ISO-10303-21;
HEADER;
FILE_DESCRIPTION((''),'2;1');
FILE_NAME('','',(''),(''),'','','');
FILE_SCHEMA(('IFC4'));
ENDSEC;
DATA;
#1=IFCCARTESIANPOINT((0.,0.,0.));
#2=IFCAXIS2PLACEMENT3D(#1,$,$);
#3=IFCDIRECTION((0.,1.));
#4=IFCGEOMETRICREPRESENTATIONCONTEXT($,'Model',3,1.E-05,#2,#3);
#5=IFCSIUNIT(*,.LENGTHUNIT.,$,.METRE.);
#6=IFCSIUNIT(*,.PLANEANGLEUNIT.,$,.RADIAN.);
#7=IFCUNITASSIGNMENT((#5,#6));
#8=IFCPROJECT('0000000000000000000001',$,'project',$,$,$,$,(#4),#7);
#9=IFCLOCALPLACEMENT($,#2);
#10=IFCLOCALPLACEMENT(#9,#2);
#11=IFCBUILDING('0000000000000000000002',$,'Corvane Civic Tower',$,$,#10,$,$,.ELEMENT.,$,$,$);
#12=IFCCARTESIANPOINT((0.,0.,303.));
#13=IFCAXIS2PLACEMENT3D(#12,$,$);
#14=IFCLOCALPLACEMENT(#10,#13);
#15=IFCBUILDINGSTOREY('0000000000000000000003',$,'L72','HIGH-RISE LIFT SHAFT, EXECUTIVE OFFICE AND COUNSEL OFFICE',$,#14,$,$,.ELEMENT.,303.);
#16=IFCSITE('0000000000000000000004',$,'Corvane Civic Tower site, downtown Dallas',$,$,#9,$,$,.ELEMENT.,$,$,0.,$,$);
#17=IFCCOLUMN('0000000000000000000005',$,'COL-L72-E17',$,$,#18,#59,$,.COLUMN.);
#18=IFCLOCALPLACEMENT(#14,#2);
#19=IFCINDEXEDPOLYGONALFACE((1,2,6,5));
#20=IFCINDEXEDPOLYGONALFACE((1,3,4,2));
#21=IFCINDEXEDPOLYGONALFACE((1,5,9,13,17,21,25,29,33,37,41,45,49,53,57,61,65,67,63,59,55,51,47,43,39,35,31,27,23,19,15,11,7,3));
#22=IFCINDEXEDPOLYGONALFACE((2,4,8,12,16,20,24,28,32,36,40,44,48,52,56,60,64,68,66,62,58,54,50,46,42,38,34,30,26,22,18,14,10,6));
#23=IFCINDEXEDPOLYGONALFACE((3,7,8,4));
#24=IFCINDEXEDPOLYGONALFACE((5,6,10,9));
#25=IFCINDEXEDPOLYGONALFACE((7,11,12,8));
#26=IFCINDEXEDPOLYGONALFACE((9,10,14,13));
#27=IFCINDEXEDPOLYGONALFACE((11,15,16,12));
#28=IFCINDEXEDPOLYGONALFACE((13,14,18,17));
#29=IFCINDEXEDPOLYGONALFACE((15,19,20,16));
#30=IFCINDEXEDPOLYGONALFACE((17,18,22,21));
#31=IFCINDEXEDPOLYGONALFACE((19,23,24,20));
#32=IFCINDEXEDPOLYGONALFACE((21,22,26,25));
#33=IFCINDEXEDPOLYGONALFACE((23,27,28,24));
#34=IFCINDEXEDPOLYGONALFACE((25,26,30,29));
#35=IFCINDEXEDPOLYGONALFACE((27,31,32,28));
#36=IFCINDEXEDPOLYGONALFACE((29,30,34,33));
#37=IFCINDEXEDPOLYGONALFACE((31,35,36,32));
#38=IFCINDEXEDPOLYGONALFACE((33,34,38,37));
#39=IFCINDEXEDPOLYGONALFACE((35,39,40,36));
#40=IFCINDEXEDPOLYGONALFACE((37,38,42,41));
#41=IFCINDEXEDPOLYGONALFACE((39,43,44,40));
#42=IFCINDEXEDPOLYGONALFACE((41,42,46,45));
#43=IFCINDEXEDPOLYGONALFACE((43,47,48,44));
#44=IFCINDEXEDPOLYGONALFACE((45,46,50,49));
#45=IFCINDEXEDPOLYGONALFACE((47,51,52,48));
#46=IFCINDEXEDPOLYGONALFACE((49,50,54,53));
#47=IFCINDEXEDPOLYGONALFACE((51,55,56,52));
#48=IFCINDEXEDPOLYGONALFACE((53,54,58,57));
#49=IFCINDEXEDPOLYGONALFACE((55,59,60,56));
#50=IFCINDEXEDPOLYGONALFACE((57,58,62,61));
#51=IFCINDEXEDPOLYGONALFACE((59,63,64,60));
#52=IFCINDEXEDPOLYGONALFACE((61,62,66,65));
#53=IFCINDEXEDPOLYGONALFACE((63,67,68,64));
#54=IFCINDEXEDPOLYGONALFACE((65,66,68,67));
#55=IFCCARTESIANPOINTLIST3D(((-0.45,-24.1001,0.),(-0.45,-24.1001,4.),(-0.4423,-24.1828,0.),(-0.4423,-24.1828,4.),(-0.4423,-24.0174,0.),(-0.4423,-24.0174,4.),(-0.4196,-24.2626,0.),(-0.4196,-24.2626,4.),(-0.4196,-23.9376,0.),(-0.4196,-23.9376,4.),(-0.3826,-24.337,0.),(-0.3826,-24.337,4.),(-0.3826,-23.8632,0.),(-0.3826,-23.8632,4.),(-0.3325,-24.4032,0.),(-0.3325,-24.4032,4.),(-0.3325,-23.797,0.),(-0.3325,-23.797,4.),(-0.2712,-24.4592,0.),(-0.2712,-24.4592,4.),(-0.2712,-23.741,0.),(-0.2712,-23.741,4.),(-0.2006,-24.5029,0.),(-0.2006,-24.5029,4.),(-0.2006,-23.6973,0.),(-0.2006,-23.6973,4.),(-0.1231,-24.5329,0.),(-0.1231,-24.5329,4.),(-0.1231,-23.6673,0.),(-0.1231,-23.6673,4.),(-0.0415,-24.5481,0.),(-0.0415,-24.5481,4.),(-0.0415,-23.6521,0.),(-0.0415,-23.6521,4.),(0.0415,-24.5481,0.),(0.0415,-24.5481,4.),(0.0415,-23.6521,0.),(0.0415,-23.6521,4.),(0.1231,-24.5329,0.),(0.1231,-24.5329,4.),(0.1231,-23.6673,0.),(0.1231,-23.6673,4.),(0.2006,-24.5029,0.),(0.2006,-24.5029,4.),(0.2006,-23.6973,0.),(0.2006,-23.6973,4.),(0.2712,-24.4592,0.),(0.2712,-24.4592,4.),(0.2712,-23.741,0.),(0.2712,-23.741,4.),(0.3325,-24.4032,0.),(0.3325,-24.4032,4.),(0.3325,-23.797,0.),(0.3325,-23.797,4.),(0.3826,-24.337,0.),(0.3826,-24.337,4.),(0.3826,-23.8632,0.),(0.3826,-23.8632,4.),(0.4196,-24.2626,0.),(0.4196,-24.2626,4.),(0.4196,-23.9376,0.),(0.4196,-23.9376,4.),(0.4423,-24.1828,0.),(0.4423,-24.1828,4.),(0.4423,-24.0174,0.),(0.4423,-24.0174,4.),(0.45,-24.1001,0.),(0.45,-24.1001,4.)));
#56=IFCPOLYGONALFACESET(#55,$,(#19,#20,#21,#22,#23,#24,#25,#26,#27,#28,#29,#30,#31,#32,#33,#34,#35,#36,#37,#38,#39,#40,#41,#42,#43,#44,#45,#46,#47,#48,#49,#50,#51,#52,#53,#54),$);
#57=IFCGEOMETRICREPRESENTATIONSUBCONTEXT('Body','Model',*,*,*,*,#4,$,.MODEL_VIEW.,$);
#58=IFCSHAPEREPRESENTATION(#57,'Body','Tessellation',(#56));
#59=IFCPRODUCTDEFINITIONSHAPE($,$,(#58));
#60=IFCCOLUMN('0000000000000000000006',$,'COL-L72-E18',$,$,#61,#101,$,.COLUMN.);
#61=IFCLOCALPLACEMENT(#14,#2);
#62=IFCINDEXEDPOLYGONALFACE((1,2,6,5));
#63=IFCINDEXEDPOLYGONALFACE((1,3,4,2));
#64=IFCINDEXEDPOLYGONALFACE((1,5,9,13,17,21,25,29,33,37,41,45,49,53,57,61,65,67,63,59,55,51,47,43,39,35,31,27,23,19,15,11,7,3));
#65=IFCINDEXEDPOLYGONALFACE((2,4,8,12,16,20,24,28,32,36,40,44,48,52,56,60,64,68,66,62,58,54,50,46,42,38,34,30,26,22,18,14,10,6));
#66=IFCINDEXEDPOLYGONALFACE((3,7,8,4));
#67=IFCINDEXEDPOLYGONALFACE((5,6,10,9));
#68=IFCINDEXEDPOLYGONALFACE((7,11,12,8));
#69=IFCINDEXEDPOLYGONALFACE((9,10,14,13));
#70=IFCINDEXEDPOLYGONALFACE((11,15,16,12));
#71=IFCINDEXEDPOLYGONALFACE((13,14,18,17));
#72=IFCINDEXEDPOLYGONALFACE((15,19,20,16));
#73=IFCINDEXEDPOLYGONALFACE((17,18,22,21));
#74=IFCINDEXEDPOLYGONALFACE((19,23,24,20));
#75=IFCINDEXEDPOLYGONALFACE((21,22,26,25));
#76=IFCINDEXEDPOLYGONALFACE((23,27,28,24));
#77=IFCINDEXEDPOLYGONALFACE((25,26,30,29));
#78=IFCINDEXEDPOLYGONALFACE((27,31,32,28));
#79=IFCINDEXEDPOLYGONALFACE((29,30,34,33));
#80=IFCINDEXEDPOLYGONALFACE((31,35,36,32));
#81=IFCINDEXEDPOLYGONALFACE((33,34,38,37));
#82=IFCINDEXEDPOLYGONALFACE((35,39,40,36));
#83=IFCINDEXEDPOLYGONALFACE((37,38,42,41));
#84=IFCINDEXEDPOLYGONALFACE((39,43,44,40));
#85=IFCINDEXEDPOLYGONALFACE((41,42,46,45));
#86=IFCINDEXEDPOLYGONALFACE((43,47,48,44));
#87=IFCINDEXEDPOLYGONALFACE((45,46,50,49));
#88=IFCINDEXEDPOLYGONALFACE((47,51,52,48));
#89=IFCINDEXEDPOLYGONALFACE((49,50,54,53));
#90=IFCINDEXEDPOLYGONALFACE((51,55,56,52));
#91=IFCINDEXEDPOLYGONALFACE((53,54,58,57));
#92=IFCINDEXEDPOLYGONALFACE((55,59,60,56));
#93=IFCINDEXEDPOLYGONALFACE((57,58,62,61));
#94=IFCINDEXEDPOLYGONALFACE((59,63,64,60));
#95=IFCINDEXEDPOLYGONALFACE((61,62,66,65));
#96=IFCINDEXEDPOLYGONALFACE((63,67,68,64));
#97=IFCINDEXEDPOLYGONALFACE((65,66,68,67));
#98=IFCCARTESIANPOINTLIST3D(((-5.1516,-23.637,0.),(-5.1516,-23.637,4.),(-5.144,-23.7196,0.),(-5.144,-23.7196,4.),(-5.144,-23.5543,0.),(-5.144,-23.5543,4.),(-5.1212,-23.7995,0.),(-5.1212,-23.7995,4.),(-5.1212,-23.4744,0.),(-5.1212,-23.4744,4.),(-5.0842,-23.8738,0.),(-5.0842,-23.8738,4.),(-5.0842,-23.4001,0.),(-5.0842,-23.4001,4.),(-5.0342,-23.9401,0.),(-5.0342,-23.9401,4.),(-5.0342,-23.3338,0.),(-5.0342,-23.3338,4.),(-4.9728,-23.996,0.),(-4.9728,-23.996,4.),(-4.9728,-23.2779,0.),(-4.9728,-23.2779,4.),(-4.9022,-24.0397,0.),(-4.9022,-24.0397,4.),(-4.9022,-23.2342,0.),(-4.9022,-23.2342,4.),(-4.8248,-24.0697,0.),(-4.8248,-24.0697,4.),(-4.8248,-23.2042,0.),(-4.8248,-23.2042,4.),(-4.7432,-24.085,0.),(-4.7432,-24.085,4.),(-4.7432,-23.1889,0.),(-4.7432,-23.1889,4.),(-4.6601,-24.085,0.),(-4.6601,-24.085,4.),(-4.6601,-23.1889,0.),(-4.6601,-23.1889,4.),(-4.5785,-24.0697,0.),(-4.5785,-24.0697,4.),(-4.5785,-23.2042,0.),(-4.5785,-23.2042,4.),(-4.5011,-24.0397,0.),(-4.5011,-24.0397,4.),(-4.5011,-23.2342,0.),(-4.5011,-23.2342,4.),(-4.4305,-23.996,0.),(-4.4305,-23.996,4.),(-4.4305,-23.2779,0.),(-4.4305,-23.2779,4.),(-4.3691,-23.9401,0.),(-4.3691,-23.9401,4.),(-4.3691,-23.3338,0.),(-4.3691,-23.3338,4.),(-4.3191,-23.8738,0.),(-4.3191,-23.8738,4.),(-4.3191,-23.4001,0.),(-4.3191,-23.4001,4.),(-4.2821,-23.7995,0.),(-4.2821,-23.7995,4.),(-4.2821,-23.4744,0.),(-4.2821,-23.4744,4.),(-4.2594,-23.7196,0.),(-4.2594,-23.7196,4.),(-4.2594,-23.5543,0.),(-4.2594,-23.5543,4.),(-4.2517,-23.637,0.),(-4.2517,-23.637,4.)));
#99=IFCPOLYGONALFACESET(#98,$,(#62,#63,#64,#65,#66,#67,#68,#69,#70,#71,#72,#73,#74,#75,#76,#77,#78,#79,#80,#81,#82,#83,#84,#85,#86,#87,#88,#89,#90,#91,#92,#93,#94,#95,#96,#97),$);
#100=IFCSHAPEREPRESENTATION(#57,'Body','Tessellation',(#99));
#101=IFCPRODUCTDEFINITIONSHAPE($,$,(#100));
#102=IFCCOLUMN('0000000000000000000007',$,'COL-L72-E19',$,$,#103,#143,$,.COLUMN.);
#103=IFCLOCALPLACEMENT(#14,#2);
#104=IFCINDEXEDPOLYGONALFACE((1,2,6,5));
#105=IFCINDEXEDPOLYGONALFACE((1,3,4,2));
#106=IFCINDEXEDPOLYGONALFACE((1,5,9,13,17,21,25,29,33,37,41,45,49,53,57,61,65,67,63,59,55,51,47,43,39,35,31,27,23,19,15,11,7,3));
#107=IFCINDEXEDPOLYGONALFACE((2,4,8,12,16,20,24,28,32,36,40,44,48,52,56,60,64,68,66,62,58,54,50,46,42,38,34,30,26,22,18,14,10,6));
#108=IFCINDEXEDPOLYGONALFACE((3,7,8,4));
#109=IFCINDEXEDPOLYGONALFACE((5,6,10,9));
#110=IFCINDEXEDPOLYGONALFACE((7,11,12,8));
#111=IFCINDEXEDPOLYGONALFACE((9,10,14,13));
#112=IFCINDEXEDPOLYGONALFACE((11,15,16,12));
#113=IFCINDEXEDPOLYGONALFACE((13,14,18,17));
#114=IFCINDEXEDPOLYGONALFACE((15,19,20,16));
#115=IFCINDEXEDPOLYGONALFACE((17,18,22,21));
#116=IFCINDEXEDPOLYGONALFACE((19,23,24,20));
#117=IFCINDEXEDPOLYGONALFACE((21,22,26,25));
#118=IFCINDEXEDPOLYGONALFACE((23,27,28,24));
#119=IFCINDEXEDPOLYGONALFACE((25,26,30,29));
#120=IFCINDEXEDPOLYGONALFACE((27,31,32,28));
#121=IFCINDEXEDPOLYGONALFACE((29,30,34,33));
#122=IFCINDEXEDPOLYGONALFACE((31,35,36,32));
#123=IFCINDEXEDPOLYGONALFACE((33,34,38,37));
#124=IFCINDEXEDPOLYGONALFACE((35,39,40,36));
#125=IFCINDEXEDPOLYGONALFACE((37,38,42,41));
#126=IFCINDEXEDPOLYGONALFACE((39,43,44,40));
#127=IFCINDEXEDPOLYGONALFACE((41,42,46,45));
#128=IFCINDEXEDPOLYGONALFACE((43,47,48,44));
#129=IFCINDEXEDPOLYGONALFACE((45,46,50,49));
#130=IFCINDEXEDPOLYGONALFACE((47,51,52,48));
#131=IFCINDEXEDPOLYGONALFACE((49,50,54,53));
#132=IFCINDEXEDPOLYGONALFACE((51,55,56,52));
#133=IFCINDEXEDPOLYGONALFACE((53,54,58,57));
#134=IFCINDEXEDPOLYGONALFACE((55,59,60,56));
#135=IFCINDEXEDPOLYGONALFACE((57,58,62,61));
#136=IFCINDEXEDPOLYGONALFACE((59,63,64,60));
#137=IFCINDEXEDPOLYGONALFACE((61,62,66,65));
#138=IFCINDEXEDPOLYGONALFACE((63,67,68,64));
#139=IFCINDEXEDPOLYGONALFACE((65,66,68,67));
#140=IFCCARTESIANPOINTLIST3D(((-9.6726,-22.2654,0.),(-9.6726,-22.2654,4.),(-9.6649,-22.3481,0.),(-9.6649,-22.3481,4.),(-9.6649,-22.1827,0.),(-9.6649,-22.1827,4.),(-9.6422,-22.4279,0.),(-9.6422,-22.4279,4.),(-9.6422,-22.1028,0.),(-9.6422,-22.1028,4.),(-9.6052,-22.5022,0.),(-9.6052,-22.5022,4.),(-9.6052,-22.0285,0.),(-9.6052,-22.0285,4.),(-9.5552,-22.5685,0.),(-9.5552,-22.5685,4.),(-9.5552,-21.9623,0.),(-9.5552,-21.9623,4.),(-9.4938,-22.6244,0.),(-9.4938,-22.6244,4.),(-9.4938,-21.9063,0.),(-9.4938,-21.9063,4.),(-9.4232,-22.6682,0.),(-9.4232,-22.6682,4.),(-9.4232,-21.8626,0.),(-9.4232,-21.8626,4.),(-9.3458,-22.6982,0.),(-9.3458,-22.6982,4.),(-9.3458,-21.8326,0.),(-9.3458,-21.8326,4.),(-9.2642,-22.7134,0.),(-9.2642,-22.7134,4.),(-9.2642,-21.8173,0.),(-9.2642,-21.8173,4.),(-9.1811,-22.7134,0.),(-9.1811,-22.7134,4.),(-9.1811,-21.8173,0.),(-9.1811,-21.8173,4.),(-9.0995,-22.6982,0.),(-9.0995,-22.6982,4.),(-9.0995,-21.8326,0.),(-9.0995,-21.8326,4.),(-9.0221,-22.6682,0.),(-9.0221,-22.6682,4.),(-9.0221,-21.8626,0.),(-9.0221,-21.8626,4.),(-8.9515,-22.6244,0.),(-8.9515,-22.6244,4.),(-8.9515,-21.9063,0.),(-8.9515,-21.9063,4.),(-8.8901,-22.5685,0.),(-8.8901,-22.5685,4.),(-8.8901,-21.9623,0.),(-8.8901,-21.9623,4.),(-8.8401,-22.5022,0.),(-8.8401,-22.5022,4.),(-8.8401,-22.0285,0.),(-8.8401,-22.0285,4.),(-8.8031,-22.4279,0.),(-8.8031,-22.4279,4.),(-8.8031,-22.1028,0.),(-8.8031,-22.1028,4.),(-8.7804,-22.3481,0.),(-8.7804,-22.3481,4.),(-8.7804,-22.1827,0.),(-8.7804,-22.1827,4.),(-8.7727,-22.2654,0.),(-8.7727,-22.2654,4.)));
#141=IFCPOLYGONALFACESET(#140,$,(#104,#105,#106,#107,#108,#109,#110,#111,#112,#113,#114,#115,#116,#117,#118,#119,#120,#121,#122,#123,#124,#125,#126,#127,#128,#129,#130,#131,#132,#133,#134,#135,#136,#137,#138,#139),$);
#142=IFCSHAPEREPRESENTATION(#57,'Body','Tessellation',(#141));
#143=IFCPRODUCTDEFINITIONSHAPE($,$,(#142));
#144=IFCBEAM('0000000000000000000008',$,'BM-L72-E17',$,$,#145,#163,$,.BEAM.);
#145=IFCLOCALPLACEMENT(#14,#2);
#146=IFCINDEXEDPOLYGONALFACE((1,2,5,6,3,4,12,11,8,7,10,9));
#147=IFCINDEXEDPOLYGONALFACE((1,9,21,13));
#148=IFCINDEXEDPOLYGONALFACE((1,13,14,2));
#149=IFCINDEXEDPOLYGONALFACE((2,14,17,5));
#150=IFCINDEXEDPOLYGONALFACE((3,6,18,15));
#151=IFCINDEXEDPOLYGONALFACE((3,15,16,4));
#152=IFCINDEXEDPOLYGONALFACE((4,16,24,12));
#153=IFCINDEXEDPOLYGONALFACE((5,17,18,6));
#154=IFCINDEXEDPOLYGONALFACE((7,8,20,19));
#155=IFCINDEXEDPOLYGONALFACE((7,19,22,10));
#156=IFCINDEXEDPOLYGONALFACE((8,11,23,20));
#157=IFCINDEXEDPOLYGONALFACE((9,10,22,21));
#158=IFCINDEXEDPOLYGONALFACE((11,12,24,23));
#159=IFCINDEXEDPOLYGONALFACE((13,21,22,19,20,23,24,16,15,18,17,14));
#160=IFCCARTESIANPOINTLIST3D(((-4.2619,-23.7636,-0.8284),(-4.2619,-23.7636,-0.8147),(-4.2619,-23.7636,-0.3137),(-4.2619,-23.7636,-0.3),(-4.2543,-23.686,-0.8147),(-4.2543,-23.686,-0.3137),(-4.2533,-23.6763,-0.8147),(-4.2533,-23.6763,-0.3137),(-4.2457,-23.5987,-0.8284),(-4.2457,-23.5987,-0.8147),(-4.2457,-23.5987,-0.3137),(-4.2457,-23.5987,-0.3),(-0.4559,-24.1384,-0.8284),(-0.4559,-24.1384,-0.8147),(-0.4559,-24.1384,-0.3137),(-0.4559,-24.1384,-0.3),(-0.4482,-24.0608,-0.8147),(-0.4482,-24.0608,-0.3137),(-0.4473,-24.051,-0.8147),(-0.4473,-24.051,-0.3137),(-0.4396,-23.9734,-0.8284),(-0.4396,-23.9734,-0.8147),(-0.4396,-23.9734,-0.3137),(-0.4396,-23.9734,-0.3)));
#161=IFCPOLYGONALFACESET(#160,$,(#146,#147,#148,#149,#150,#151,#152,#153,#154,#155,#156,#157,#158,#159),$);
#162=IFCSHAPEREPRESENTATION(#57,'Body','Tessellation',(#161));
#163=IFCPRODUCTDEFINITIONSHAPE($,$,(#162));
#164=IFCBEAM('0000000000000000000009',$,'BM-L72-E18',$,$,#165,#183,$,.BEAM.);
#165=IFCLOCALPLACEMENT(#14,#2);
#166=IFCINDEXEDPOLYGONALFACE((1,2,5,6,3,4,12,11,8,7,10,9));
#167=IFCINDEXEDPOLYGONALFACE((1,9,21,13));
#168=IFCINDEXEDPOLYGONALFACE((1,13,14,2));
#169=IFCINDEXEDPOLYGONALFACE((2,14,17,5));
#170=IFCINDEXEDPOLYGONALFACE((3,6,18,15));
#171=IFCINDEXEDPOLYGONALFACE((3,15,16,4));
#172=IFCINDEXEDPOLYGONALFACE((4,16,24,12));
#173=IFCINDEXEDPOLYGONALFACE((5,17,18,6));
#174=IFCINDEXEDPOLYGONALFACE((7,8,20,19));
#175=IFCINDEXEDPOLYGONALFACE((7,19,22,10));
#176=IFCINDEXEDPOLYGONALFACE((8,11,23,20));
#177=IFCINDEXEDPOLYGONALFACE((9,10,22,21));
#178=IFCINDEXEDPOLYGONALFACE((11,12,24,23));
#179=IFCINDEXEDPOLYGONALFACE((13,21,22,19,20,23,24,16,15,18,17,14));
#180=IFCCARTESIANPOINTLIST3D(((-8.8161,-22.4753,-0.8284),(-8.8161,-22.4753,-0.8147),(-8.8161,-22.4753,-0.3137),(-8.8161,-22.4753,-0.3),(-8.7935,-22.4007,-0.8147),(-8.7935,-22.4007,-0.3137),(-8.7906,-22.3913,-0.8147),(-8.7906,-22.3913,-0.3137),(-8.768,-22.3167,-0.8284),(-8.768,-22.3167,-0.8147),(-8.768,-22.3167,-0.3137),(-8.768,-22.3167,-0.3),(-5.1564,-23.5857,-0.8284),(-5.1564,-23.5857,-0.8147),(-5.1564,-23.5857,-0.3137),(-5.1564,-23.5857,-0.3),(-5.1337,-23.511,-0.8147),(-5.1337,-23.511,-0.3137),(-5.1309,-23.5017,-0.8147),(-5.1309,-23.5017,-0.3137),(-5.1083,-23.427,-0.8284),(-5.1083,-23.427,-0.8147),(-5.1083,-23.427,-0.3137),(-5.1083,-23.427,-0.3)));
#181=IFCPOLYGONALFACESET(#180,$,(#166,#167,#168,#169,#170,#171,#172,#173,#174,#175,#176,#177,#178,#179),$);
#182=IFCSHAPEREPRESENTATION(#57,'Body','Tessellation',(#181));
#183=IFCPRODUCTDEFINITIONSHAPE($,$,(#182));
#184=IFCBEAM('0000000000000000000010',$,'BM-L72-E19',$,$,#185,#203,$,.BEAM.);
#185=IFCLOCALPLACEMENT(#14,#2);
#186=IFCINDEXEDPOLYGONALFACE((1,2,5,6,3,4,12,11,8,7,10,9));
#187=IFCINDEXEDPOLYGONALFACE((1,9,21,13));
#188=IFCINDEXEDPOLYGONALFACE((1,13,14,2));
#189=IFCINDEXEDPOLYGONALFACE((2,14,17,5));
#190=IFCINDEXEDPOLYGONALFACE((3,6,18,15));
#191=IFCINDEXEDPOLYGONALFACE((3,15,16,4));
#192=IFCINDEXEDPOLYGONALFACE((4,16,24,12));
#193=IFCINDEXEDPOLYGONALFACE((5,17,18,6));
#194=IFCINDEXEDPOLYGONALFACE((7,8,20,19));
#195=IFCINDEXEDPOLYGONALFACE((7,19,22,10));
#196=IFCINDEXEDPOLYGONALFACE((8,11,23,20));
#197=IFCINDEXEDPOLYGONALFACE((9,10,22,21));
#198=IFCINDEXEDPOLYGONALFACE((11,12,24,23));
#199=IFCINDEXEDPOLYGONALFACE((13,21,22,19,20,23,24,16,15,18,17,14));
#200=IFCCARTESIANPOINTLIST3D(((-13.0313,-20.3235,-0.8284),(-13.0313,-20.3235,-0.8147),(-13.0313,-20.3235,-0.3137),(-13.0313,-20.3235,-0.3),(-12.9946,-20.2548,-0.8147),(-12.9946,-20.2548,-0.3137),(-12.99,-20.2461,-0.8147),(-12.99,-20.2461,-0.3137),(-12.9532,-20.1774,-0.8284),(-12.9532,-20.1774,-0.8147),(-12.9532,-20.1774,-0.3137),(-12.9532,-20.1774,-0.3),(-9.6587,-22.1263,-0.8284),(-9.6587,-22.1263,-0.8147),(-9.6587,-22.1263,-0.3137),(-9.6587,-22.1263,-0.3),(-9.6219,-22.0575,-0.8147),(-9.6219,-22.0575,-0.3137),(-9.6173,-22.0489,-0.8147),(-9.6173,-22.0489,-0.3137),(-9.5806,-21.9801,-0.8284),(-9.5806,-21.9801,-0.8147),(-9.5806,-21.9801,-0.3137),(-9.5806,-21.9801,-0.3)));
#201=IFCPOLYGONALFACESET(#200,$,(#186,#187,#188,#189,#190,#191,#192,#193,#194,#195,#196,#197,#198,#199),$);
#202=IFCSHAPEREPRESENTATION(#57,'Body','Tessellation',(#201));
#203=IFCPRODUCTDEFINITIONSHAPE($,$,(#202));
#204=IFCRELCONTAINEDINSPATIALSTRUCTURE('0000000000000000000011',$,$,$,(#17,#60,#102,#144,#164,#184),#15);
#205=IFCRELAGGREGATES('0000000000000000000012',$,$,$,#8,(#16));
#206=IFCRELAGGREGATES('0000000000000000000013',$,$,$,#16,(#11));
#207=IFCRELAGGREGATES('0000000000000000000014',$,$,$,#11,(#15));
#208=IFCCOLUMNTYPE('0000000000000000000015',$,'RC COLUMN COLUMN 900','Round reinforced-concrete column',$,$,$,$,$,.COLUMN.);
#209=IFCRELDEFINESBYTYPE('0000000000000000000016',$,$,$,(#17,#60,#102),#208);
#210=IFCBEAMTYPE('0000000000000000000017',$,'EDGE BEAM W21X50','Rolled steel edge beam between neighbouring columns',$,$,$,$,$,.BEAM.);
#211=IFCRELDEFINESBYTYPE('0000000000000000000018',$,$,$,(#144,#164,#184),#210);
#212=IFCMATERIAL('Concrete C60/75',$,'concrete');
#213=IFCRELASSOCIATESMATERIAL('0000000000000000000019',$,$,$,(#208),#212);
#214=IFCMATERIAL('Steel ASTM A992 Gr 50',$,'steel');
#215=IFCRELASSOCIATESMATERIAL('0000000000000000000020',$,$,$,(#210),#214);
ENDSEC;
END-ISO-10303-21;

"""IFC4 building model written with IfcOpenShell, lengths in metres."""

from ifc_helpers import new_model, si_unit, direction, frame, origin, origin_2d, place, context, subcontext, project, spatial, circle, i_section, extrude, material, material_profile, profile_set, type_object, element, save


model = new_model("IFC4")

# Units and contexts
model_context = context("Model", 3, precision=1e-05, world=origin(), true_north=direction((0.0, 1.0)))
body_context = subcontext(model_context, "Body", "Model", "MODEL_VIEW")
ifc_project = project(units=[si_unit("LENGTHUNIT", "METRE"), si_unit("PLANEANGLEUNIT", "RADIAN")], contexts=[model_context])

# Site, building, storey
site_placement = place(None, origin())
site = spatial("IfcSite", under=ifc_project, at=site_placement, Name="Corvane Civic Tower site, downtown Dallas", CompositionType="ELEMENT", RefElevation=0.0)
building_placement = place(site_placement, origin())
building = spatial("IfcBuilding", under=site, at=building_placement, Name="Corvane Civic Tower", CompositionType="ELEMENT")
storey_placement = place(building_placement, frame((0.0, 0.0, 303.0)))
storey = spatial("IfcBuildingStorey", under=building, at=storey_placement, Name="L72", Description="HIGH-RISE LIFT SHAFT, EXECUTIVE OFFICE AND COUNSEL OFFICE", CompositionType="ELEMENT", Elevation=303.0)

# Columns
ifc_material_1 = material(Name="Concrete C60/75", Category="concrete")
ifc_material_profile_1 = material_profile(ifc_material_1, circle(Radius=0.45, at=origin_2d()), Name="COLUMN 900")
ifc_profile_set_1 = profile_set([ifc_material_profile_1], Name="Concrete C60/75")
column_type = type_object("IfcColumnType", Name="RC COLUMN COLUMN 900", Description="Round reinforced-concrete column", PredefinedType="COLUMN", material=ifc_profile_set_1)
for number, where, z_axis, x_axis, name in (
    (1, (0.0, -24.1001, 0.0), (0.0, 0.0, 1.0), (1.0, 0.0, 0.0), "COL-L72-E17"),
    (2, (-4.7017, -23.637, 0.0), (0.0, 0.0, 1.0), (1.0, 0.0, 0.0), "COL-L72-E18"),
    (3, (-9.2227, -22.2654, 0.0), (0.0, 0.0, 1.0), (1.0, 0.0, 0.0), "COL-L72-E19"),
):
    element("IfcColumn", number, at=place(storey_placement, frame(where, z_axis=z_axis, x_axis=x_axis)), inside=storey, type_object=column_type, Name=name, PredefinedType="COLUMN", context=body_context, shape_type="SweptSolid", body=[
        extrude(circle(Radius=0.45, at=origin_2d()), origin(), (0.0, 0.0, 1.0), 4.0),
    ])

# Beams
ifc_material_2 = material(Name="Steel ASTM A992 Gr 50", Category="steel")
ifc_material_profile_2 = material_profile(ifc_material_2, i_section(OverallWidth=0.1658, OverallDepth=0.5283, WebThickness=0.0098, FlangeThickness=0.0137, at=origin_2d()), Name="W21X50")
ifc_profile_set_2 = profile_set([ifc_material_profile_2], Name="Steel ASTM A992 Gr 50")
beam_type = type_object("IfcBeamType", Name="EDGE BEAM W21X50", Description="Rolled steel edge beam between neighbouring columns", PredefinedType="BEAM", material=ifc_profile_set_2)
for number, where, z_axis, x_axis, name in (
    (4, (-0.4478, -24.0559, -0.5642), (-0.995188, 0.097987, 0.0), (-0.097987, -0.995188, 0.0), "BM-L72-E17"),
    (5, (-5.1323, -23.5063, -0.5642), (-0.956926, 0.290333, 0.0), (-0.290333, -0.956926, 0.0), "BM-L72-E18"),
):
    element("IfcBeam", number, at=place(storey_placement, frame(where, z_axis=z_axis, x_axis=x_axis)), inside=storey, type_object=beam_type, Name=name, PredefinedType="BEAM", context=body_context, shape_type="SweptSolid", body=[
        extrude(i_section(OverallWidth=0.1658, OverallDepth=0.5283, WebThickness=0.0098, FlangeThickness=0.0137, at=origin_2d()), origin(), (0.0, 0.0, 1.0), 3.8245),
    ])
beam_placement = place(storey_placement, frame((-9.6196, -22.0532, -0.5642), z_axis=(-0.881914, 0.47141, 0.0), x_axis=(-0.47141, -0.881914, 0.0)))
element("IfcBeam", 6, at=beam_placement, inside=storey, type_object=beam_type, Name="BM-L72-E19", PredefinedType="BEAM", context=body_context, shape_type="SweptSolid", body=[
    extrude(i_section(OverallWidth=0.1658, OverallDepth=0.5283, WebThickness=0.0098, FlangeThickness=0.0137, at=origin_2d()), origin(), (0.0, 0.0, 1.0), 3.8242),
])

save(model, "model.ifc")
